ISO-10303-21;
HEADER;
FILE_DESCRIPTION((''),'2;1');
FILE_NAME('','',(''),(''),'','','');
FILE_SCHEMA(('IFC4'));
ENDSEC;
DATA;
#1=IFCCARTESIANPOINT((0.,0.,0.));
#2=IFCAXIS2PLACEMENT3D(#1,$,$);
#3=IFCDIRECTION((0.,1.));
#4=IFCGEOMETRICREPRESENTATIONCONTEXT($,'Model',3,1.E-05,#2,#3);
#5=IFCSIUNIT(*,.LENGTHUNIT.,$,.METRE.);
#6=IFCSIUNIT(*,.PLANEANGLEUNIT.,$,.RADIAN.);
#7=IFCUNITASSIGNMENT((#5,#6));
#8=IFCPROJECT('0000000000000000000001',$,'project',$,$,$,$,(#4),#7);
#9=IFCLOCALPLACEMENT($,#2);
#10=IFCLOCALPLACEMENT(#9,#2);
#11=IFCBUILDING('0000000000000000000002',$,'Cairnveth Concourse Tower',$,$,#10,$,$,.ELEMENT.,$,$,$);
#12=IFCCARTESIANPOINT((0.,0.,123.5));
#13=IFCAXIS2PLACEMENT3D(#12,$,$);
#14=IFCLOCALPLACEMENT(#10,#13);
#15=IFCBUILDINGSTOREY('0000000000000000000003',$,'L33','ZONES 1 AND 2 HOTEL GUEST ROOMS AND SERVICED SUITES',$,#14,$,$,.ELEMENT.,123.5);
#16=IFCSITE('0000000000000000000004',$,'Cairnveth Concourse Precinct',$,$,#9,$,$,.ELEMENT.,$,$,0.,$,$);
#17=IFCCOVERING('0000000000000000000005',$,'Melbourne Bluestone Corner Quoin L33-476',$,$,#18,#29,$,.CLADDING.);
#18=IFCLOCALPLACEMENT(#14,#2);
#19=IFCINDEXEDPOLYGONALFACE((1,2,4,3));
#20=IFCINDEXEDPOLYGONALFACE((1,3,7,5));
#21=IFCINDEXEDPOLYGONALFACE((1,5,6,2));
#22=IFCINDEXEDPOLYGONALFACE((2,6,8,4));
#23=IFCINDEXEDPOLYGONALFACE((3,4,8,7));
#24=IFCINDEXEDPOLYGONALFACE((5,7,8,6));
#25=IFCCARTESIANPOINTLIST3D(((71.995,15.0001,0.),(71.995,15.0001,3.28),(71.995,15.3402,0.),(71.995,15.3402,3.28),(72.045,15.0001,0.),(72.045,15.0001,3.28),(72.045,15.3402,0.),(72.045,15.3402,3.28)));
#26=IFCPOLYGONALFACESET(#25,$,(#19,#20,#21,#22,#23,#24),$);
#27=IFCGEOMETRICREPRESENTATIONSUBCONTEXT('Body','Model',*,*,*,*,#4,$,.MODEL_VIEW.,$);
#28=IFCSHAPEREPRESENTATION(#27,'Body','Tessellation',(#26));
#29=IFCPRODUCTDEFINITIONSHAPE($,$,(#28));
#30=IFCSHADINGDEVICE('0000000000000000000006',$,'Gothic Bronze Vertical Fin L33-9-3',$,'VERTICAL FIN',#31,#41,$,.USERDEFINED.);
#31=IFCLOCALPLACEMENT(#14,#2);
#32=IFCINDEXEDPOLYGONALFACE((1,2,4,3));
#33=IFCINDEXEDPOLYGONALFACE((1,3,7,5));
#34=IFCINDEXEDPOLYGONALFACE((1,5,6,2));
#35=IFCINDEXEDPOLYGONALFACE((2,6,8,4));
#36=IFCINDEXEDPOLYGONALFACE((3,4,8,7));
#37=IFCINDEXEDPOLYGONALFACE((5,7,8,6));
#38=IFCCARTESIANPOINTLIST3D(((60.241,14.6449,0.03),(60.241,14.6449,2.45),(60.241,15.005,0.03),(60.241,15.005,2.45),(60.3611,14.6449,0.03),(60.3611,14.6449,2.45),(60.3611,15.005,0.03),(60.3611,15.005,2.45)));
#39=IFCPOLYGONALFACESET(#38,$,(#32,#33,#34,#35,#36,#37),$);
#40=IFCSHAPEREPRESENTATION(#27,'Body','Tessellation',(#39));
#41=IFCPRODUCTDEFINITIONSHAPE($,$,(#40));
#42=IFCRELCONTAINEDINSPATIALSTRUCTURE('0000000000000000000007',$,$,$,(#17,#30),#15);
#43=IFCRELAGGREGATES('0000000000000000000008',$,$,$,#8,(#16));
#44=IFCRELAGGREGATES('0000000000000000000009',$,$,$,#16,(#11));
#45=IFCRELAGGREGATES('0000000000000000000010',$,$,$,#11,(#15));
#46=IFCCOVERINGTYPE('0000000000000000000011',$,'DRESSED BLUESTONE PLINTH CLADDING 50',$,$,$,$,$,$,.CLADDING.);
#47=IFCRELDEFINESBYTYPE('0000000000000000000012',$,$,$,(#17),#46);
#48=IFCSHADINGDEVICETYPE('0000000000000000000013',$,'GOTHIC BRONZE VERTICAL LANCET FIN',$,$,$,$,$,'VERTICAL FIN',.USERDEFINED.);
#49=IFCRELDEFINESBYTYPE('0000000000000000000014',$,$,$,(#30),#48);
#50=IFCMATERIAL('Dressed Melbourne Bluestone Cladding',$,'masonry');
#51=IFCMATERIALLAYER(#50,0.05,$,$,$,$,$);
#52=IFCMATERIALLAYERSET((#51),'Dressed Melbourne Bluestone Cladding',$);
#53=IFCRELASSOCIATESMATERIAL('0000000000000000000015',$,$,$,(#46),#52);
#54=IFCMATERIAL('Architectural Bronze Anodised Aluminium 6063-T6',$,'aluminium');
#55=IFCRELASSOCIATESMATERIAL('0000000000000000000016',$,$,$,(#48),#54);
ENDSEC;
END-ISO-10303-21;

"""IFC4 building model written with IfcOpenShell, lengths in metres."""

from ifc_helpers import new_model, si_unit, direction, frame, frame_2d, origin, origin_2d, place, context, subcontext, project, spatial, rectangle, extrude, material, layer, layer_set, type_object, element, save


model = new_model("IFC4")

# Units and contexts
model_context = context("Model", 3, precision=1e-05, world=origin(), true_north=direction((0.0, 1.0)))
body_context = subcontext(model_context, "Body", "Model", "MODEL_VIEW")
ifc_project = project(units=[si_unit("LENGTHUNIT", "METRE"), si_unit("PLANEANGLEUNIT", "RADIAN")], contexts=[model_context])

# Site, building, storey
site_placement = place(None, origin())
site = spatial("IfcSite", under=ifc_project, at=site_placement, Name="Cairnveth Concourse Precinct", CompositionType="ELEMENT", RefElevation=0.0)
building_placement = place(site_placement, origin())
building = spatial("IfcBuilding", under=site, at=building_placement, Name="Cairnveth Concourse Tower", CompositionType="ELEMENT")
storey_placement = place(building_placement, frame((0.0, 0.0, 123.5)))
storey = spatial("IfcBuildingStorey", under=building, at=storey_placement, Name="L33", Description="ZONES 1 AND 2 HOTEL GUEST ROOMS AND SERVICED SUITES", CompositionType="ELEMENT", Elevation=123.5)

# Covering
ifc_material_1 = material(Name="Dressed Melbourne Bluestone Cladding", Category="masonry")
ifc_layer_1 = layer(ifc_material_1, 0.05)
ifc_layer_set_1 = layer_set([ifc_layer_1], Name="Dressed Melbourne Bluestone Cladding")
covering_type = type_object("IfcCoveringType", Name="DRESSED BLUESTONE PLINTH CLADDING 50", PredefinedType="CLADDING", material=ifc_layer_set_1)
covering_placement = place(storey_placement, frame((72.02, 15.3401, 0.0), z_axis=(0.0, 0.0, 1.0), x_axis=(0.0, -1.0, 0.0)))
element("IfcCovering", 1, at=covering_placement, inside=storey, type_object=covering_type, Name="Melbourne Bluestone Corner Quoin L33-476", PredefinedType="CLADDING", context=body_context, shape_type="SweptSolid", body=[
    extrude(rectangle(XDim=0.3401, YDim=0.05, at=frame_2d((0.1699, 0.0))), origin(), (0.0, 0.0, 1.0), 3.28),
])

# Shading device
ifc_material_2 = material(Name="Architectural Bronze Anodised Aluminium 6063-T6", Category="aluminium")
shading_device_type = type_object("IfcShadingDeviceType", Name="GOTHIC BRONZE VERTICAL LANCET FIN", ElementType="VERTICAL FIN", PredefinedType="USERDEFINED", material=ifc_material_2)
shading_device_placement = place(storey_placement, frame((60.301, 14.825, 0.03), z_axis=(0.0, 0.0, 1.0), x_axis=(1.0, 0.0, 0.0)))
element("IfcShadingDevice", 2, at=shading_device_placement, inside=storey, type_object=shading_device_type, Name="Gothic Bronze Vertical Fin L33-9-3", ObjectType="VERTICAL FIN", PredefinedType="USERDEFINED", context=body_context, shape_type="SweptSolid", body=[
    extrude(rectangle(XDim=0.1201, YDim=0.3601, at=origin_2d()), origin(), (0.0, 0.0, 1.0), 2.4199),
])

save(model, "model.ifc")
